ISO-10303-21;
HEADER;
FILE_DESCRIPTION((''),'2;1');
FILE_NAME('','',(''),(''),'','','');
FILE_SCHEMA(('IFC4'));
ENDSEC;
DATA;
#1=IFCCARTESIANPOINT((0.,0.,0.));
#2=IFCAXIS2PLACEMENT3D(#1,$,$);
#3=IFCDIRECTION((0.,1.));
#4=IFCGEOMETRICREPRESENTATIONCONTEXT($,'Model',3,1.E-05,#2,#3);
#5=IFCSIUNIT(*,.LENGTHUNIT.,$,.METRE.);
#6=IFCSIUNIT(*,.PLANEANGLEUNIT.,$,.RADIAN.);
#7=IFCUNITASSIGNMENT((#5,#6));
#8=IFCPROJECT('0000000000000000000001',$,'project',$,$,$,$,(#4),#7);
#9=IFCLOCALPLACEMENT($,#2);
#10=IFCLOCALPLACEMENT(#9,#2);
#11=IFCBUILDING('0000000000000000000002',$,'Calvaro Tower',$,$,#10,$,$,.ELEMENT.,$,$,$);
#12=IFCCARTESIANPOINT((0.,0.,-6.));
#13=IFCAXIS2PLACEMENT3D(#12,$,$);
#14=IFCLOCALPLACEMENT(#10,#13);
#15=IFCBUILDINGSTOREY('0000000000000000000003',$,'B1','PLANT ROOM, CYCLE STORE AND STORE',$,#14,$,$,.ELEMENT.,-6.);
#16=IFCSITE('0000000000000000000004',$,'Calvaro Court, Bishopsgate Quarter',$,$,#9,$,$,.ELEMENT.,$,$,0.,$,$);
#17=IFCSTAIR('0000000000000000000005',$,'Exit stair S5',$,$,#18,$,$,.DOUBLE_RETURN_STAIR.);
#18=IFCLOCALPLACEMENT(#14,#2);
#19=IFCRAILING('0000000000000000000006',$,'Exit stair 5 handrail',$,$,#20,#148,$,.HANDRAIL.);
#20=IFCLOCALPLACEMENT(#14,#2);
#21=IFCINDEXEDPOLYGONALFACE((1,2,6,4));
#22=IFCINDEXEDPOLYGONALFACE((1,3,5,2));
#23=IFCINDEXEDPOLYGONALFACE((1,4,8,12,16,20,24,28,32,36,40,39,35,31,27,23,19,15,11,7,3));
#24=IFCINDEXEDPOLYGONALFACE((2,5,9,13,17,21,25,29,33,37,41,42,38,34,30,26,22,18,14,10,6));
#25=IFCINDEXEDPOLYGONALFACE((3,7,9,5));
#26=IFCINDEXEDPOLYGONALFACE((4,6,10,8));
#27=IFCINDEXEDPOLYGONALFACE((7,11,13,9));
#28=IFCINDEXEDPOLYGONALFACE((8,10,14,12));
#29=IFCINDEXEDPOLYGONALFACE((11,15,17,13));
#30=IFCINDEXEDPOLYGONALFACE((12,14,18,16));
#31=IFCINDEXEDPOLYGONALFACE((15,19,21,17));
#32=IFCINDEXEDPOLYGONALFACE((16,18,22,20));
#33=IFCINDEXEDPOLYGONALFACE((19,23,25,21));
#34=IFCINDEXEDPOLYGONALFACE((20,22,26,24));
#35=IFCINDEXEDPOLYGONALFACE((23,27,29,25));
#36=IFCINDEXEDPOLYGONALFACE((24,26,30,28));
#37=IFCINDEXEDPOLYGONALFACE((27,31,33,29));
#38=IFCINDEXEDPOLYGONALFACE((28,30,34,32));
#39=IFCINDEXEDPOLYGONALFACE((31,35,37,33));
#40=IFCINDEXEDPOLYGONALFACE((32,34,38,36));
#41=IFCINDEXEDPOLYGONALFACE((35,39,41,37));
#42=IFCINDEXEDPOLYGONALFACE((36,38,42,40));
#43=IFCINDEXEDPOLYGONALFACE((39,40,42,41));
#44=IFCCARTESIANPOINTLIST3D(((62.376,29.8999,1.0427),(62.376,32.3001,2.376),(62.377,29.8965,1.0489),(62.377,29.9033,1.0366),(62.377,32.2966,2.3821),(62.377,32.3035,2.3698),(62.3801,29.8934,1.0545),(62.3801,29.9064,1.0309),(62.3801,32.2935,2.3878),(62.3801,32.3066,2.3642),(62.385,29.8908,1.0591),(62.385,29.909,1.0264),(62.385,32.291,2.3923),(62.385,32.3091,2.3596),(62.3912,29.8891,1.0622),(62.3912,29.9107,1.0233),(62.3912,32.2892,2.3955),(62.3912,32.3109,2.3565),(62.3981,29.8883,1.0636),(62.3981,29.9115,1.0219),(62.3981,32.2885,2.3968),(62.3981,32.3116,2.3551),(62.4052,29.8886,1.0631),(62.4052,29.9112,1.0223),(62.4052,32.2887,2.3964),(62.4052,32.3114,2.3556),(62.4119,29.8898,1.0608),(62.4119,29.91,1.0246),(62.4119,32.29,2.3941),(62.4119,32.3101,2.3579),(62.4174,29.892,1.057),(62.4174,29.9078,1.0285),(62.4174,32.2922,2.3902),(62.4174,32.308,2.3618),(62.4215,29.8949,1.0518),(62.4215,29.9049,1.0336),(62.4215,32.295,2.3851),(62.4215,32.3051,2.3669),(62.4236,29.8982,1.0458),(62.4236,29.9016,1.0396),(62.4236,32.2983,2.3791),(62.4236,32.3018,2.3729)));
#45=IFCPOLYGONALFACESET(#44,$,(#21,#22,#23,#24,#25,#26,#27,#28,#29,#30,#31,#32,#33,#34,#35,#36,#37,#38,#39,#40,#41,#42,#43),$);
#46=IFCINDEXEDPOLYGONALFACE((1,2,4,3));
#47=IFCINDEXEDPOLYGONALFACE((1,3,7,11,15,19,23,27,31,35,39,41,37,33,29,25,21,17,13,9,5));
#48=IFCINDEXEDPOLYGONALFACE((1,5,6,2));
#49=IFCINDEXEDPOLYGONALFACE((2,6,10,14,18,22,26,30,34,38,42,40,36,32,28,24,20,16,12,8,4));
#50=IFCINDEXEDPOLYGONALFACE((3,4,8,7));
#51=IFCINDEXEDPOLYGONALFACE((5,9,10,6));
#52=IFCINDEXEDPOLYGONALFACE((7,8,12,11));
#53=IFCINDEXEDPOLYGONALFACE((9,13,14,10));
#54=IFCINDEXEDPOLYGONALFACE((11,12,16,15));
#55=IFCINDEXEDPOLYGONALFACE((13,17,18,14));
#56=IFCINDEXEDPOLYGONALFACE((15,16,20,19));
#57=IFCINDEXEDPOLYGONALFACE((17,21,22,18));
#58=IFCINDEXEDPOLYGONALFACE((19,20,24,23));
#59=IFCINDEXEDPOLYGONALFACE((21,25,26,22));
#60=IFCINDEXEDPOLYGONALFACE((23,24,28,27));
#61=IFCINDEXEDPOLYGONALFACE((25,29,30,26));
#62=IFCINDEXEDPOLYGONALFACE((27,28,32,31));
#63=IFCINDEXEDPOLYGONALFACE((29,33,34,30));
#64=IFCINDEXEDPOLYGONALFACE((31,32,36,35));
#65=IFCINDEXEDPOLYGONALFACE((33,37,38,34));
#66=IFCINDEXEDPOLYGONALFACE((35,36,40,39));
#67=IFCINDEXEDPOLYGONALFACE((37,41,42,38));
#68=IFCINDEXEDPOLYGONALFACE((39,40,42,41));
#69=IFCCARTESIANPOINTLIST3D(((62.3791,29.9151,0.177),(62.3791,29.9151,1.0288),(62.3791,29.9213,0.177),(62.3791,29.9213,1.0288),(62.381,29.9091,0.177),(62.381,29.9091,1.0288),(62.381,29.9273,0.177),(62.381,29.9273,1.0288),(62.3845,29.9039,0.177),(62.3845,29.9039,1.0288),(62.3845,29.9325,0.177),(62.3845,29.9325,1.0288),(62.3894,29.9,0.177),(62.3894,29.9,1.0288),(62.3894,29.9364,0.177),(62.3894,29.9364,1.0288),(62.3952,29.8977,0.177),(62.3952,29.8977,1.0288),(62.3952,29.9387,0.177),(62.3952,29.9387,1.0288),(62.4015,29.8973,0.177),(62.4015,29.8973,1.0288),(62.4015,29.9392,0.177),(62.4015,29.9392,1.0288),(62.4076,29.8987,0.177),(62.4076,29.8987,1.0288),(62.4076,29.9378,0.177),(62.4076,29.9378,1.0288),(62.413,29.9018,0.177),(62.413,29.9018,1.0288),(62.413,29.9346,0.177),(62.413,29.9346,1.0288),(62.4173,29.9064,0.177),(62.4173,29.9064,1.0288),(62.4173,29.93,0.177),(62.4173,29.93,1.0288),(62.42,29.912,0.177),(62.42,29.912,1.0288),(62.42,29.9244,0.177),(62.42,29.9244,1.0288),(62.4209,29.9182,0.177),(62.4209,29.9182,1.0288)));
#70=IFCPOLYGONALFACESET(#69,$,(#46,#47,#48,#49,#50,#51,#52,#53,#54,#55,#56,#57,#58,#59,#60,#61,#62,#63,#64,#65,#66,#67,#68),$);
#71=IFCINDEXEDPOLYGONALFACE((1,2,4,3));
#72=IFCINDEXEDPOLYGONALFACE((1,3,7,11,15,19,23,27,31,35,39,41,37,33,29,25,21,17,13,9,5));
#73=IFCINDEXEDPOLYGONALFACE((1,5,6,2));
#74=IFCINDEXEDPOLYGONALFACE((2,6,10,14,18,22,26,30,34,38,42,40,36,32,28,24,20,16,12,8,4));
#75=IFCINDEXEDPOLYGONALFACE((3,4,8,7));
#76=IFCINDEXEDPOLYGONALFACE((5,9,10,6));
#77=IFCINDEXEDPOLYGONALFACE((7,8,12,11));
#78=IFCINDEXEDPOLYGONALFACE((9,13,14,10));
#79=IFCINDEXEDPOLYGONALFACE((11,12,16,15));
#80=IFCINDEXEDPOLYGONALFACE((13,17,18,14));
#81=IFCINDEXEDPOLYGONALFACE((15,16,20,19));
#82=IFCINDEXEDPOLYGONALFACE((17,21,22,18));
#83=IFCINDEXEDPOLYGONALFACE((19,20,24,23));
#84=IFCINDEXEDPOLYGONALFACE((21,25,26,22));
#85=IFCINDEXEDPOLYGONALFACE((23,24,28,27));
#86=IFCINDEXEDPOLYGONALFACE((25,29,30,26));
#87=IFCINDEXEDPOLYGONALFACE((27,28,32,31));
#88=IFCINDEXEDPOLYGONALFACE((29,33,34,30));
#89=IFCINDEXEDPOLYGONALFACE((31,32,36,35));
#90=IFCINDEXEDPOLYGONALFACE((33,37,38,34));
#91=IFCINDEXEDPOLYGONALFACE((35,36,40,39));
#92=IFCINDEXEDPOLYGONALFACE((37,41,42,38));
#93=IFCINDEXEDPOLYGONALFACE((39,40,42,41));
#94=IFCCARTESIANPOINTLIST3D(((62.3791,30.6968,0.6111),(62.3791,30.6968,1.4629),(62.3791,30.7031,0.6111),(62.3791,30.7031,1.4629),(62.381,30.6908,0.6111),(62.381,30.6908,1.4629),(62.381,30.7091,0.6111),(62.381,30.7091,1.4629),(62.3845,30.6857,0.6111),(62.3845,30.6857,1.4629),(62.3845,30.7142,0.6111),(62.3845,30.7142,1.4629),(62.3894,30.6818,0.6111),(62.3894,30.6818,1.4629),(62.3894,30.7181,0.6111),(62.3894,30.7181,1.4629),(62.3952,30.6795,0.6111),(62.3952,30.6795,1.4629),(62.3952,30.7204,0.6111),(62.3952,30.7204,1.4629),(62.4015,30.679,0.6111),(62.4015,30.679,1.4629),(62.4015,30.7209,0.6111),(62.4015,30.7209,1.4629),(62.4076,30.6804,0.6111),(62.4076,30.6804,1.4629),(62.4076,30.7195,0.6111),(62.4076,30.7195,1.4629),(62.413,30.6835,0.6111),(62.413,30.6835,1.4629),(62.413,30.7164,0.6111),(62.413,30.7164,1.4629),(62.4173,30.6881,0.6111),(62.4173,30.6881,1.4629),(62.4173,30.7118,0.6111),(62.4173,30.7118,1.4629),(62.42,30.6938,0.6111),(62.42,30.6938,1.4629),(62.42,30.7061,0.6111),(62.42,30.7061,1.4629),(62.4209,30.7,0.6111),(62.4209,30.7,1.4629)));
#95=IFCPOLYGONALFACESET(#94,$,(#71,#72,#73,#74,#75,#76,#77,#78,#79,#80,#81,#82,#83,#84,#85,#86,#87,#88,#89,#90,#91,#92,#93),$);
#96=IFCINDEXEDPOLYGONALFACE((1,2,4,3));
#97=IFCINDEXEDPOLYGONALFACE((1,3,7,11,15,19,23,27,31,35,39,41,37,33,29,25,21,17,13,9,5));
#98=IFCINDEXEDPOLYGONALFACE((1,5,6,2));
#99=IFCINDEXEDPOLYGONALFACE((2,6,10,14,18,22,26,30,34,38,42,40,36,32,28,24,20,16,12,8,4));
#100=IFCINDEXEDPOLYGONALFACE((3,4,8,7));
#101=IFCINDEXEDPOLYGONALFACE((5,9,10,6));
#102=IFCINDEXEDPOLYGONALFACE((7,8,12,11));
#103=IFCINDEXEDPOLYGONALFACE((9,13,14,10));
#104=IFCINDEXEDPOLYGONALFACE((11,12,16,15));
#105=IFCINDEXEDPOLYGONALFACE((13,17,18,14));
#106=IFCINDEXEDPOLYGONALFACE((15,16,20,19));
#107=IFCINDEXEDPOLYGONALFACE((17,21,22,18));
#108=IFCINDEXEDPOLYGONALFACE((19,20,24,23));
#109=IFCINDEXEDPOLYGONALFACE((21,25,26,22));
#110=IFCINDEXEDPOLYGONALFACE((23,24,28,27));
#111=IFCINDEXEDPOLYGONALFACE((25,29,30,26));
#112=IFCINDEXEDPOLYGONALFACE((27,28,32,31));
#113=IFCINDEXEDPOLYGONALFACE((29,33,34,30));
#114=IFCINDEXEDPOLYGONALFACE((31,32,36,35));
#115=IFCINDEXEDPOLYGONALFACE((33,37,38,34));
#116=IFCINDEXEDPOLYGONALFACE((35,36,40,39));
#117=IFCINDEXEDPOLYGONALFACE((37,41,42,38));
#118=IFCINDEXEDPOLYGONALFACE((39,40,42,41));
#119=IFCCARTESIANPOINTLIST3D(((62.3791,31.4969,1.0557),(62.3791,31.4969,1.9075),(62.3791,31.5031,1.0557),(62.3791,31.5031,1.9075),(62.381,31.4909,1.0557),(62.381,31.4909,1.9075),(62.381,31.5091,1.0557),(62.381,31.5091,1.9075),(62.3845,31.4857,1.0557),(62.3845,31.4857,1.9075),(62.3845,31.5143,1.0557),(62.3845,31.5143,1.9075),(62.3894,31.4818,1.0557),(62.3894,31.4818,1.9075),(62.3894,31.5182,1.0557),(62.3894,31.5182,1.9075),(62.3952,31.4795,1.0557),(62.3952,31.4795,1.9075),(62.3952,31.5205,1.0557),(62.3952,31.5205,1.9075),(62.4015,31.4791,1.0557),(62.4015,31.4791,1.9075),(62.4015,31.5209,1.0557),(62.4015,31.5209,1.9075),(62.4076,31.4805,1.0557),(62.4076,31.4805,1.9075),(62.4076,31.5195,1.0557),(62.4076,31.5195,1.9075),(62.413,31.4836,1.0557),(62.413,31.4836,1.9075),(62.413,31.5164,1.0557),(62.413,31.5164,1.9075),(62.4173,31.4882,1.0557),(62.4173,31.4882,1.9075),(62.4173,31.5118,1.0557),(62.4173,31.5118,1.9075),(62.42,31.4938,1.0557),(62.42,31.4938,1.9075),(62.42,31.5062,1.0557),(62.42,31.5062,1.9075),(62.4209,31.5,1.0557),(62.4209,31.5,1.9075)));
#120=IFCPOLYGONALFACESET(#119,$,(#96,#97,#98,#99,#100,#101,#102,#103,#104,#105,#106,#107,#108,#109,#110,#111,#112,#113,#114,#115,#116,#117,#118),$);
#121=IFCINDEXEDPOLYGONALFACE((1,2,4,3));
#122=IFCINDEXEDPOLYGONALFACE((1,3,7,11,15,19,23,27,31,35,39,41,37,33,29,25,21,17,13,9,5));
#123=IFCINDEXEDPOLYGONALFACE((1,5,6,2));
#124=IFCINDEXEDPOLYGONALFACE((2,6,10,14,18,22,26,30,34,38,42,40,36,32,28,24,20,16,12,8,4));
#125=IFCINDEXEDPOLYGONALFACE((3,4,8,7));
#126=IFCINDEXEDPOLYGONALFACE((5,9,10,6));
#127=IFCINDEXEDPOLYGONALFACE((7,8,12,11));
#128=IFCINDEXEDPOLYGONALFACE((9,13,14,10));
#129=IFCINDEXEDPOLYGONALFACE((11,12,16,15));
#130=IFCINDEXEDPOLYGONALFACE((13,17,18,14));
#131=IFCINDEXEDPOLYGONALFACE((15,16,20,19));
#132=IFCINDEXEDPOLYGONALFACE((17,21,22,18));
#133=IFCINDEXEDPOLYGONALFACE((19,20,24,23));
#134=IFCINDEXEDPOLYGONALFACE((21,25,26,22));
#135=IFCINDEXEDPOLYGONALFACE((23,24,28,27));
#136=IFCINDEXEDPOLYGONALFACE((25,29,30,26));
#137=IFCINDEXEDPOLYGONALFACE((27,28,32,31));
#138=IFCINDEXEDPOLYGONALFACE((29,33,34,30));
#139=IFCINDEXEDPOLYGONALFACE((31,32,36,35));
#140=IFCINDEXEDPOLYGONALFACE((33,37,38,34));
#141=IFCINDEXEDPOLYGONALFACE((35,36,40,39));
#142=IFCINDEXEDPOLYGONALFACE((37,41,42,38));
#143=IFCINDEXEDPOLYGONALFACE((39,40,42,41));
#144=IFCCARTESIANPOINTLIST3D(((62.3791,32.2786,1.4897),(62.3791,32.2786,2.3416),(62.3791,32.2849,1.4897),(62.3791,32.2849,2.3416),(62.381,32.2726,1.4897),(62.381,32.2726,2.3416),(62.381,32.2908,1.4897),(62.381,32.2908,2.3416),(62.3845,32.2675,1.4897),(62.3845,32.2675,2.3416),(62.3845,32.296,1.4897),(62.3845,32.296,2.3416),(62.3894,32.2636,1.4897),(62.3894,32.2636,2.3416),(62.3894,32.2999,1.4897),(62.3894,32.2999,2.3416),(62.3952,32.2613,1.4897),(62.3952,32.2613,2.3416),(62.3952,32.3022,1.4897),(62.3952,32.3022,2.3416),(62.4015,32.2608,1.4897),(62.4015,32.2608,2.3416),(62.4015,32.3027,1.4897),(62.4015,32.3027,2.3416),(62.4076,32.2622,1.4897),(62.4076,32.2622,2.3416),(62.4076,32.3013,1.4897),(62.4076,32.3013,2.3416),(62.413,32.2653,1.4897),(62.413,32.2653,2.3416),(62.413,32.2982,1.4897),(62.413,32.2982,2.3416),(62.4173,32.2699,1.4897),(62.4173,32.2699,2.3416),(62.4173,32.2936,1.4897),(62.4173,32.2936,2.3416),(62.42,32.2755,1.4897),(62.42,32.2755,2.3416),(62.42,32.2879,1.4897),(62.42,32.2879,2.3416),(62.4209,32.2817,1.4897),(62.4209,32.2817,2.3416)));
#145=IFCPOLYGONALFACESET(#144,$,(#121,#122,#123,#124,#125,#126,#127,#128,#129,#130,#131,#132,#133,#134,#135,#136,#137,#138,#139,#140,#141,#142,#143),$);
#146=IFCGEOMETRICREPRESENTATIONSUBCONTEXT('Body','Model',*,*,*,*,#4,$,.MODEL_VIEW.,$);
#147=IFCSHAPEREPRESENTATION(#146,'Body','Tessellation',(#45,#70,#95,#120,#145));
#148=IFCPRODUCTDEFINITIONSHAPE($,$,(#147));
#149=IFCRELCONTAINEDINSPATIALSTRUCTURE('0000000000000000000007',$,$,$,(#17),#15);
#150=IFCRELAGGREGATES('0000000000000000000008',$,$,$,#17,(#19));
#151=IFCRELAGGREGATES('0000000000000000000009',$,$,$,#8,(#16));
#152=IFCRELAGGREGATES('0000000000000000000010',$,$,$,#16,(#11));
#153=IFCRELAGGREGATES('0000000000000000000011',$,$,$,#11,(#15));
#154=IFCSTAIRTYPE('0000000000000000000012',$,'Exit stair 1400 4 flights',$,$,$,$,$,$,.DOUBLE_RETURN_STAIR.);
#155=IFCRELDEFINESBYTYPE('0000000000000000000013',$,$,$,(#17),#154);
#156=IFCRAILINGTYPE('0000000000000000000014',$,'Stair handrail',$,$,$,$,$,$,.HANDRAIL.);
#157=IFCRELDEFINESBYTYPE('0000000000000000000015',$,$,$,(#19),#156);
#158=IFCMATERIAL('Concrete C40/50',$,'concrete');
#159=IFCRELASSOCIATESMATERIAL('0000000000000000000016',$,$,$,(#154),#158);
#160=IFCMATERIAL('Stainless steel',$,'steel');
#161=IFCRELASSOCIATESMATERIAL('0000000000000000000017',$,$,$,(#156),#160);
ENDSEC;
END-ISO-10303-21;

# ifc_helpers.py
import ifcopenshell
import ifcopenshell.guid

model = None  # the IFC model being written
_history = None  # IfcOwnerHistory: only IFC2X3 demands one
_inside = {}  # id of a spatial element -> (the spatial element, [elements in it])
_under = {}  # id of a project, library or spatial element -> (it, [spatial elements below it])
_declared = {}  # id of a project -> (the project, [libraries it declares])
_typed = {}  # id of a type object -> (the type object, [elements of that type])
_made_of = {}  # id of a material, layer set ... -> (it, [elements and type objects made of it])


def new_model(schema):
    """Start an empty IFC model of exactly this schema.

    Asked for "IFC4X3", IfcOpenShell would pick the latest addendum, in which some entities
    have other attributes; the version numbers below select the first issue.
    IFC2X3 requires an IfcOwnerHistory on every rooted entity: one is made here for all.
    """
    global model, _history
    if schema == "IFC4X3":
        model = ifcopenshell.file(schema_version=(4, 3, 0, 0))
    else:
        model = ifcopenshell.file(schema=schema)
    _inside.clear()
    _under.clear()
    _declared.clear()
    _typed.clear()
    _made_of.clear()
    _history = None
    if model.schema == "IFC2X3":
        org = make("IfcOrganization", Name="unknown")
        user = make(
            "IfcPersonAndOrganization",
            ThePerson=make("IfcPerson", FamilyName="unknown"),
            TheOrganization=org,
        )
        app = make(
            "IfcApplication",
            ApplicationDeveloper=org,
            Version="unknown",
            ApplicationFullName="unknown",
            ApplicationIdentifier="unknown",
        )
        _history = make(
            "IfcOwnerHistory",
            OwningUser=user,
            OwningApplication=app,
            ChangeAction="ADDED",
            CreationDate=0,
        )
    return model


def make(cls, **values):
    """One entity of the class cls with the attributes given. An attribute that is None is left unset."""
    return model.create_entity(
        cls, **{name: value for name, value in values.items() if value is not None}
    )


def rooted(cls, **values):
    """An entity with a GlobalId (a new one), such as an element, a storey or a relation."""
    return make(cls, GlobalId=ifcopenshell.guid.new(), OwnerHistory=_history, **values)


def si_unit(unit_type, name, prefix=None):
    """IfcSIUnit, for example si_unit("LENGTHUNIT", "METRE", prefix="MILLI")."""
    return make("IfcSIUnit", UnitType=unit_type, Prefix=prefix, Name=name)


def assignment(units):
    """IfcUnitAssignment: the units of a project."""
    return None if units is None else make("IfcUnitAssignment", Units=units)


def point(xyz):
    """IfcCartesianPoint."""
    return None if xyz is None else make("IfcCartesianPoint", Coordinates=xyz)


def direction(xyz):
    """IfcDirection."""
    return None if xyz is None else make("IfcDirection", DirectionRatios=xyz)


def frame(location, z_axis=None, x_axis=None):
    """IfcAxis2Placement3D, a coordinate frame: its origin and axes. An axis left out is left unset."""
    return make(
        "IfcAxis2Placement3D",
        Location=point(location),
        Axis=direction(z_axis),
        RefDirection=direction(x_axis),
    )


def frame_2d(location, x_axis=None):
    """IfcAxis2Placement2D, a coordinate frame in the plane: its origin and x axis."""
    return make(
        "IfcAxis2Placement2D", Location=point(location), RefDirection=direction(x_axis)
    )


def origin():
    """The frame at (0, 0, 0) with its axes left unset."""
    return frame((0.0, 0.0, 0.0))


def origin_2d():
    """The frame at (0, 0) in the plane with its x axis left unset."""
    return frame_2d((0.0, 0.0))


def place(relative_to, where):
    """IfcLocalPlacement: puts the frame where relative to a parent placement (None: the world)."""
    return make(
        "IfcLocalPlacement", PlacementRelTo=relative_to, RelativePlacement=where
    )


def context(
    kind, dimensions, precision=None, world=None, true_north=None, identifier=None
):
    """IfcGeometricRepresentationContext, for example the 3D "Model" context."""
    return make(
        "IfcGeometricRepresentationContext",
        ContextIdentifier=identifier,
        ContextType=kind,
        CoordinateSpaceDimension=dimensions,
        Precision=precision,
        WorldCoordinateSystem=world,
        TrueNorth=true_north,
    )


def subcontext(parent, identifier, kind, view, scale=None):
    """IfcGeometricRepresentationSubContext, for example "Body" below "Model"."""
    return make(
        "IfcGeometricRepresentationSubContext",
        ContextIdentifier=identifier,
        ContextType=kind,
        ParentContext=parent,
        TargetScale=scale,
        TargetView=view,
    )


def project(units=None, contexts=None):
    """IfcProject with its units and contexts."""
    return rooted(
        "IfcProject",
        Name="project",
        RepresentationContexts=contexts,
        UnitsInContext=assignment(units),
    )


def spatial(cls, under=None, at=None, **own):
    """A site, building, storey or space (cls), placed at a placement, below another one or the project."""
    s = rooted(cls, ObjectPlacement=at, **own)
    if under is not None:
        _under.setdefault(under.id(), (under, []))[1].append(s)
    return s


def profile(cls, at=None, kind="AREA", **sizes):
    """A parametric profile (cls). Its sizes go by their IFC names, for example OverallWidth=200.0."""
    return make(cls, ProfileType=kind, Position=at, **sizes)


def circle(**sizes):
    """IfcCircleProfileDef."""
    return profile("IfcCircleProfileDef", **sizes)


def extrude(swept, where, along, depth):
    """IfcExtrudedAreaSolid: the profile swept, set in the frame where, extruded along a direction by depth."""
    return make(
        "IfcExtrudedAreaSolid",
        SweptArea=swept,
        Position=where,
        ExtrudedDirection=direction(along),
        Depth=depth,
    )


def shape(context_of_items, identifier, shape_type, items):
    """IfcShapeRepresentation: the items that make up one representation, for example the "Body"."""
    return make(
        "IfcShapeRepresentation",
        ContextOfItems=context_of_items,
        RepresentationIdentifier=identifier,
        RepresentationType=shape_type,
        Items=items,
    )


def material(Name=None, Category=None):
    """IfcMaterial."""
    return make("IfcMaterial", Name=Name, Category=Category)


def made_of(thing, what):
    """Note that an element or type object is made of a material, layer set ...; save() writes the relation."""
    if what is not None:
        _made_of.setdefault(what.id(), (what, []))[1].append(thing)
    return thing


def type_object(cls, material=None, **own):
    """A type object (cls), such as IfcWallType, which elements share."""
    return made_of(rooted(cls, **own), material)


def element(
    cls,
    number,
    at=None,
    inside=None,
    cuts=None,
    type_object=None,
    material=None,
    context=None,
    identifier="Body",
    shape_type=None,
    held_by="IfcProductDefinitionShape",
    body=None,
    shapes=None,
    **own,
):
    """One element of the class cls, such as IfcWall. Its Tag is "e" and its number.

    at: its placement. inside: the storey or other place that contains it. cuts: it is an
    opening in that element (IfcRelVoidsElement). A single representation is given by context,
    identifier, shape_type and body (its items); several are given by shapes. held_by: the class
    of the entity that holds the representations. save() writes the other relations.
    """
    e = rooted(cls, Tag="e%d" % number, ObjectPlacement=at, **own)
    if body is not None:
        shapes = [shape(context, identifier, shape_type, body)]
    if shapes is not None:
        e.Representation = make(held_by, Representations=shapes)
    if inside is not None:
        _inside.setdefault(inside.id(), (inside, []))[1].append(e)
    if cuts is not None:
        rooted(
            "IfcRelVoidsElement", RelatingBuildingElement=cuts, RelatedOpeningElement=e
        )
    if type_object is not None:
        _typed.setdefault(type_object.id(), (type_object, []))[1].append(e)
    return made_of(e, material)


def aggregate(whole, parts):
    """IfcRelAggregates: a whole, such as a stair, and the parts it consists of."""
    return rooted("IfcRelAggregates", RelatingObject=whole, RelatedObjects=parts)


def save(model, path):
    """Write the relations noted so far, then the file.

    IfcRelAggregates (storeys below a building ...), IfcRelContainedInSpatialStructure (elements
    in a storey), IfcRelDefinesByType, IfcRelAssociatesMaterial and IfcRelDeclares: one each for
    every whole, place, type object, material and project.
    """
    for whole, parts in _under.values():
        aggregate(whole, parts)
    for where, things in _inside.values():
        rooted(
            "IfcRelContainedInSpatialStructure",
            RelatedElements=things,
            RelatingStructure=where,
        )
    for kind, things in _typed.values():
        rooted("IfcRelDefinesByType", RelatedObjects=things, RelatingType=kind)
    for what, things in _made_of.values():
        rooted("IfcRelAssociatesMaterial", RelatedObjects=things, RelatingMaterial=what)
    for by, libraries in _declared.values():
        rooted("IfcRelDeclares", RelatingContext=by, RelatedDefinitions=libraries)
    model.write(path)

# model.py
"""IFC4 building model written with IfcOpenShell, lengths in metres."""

from ifc_helpers import new_model, si_unit, direction, frame, origin, origin_2d, place, context, subcontext, project, spatial, circle, extrude, material, type_object, element, aggregate, save


model = new_model("IFC4")

# Units and contexts
model_context = context("Model", 3, precision=1e-05, world=origin(), true_north=direction((0.0, 1.0)))
body_context = subcontext(model_context, "Body", "Model", "MODEL_VIEW")
ifc_project = project(units=[si_unit("LENGTHUNIT", "METRE"), si_unit("PLANEANGLEUNIT", "RADIAN")], contexts=[model_context])

# Site, building, storey
site_placement = place(None, origin())
site = spatial("IfcSite", under=ifc_project, at=site_placement, Name="Calvaro Court, Bishopsgate Quarter", CompositionType="ELEMENT", RefElevation=0.0)
building_placement = place(site_placement, origin())
building = spatial("IfcBuilding", under=site, at=building_placement, Name="Calvaro Tower", CompositionType="ELEMENT")
storey_placement = place(building_placement, frame((0.0, 0.0, -6.0)))
storey = spatial("IfcBuildingStorey", under=building, at=storey_placement, Name="B1", Description="PLANT ROOM, CYCLE STORE AND STORE", CompositionType="ELEMENT", Elevation=-6.0)

# Stair
ifc_material_1 = material(Name="Concrete C40/50", Category="concrete")
stair_type = type_object("IfcStairType", Name="Exit stair 1400 4 flights", PredefinedType="DOUBLE_RETURN_STAIR", material=ifc_material_1)
stair_1_placement = place(storey_placement, origin())
stair_1 = element("IfcStair", 1, at=stair_1_placement, inside=storey, type_object=stair_type, Name="Exit stair S5", PredefinedType="DOUBLE_RETURN_STAIR")

# Shared definitions
ifc_material_2 = material(Name="Stainless steel", Category="steel")
railing_type = type_object("IfcRailingType", Name="Stair handrail", PredefinedType="HANDRAIL", material=ifc_material_2)

# Railing
railing_1_placement = place(storey_placement, frame((62.3999, 29.8999, 0.1667)))
railing_1 = element("IfcRailing", 2, at=railing_1_placement, type_object=railing_type, Name="Exit stair 5 handrail", PredefinedType="HANDRAIL", context=body_context, shape_type="SweptSolid", body=[
    extrude(circle(Radius=0.0239, at=origin_2d()), frame((0.0, 0.0, 0.876), z_axis=(0.0, 0.874182, 0.485598), x_axis=(-1.0, 0.0, 0.0)), (0.0, 0.0, 1.0), 2.7456),
    extrude(circle(Radius=0.021, at=origin_2d()), frame((0.0, 0.0183, 0.0103)), (0.0, 0.0, 1.0), 0.8518),
    extrude(circle(Radius=0.021, at=origin_2d()), frame((0.0, 0.8, 0.4443)), (0.0, 0.0, 1.0), 0.8518),
    extrude(circle(Radius=0.021, at=origin_2d()), frame((0.0, 1.6001, 0.8889)), (0.0, 0.0, 1.0), 0.8518),
    extrude(circle(Radius=0.021, at=origin_2d()), frame((0.0, 2.3818, 1.323)), (0.0, 0.0, 1.0), 0.8518),
])
aggregate(stair_1, [railing_1])

save(model, "model.ifc")
